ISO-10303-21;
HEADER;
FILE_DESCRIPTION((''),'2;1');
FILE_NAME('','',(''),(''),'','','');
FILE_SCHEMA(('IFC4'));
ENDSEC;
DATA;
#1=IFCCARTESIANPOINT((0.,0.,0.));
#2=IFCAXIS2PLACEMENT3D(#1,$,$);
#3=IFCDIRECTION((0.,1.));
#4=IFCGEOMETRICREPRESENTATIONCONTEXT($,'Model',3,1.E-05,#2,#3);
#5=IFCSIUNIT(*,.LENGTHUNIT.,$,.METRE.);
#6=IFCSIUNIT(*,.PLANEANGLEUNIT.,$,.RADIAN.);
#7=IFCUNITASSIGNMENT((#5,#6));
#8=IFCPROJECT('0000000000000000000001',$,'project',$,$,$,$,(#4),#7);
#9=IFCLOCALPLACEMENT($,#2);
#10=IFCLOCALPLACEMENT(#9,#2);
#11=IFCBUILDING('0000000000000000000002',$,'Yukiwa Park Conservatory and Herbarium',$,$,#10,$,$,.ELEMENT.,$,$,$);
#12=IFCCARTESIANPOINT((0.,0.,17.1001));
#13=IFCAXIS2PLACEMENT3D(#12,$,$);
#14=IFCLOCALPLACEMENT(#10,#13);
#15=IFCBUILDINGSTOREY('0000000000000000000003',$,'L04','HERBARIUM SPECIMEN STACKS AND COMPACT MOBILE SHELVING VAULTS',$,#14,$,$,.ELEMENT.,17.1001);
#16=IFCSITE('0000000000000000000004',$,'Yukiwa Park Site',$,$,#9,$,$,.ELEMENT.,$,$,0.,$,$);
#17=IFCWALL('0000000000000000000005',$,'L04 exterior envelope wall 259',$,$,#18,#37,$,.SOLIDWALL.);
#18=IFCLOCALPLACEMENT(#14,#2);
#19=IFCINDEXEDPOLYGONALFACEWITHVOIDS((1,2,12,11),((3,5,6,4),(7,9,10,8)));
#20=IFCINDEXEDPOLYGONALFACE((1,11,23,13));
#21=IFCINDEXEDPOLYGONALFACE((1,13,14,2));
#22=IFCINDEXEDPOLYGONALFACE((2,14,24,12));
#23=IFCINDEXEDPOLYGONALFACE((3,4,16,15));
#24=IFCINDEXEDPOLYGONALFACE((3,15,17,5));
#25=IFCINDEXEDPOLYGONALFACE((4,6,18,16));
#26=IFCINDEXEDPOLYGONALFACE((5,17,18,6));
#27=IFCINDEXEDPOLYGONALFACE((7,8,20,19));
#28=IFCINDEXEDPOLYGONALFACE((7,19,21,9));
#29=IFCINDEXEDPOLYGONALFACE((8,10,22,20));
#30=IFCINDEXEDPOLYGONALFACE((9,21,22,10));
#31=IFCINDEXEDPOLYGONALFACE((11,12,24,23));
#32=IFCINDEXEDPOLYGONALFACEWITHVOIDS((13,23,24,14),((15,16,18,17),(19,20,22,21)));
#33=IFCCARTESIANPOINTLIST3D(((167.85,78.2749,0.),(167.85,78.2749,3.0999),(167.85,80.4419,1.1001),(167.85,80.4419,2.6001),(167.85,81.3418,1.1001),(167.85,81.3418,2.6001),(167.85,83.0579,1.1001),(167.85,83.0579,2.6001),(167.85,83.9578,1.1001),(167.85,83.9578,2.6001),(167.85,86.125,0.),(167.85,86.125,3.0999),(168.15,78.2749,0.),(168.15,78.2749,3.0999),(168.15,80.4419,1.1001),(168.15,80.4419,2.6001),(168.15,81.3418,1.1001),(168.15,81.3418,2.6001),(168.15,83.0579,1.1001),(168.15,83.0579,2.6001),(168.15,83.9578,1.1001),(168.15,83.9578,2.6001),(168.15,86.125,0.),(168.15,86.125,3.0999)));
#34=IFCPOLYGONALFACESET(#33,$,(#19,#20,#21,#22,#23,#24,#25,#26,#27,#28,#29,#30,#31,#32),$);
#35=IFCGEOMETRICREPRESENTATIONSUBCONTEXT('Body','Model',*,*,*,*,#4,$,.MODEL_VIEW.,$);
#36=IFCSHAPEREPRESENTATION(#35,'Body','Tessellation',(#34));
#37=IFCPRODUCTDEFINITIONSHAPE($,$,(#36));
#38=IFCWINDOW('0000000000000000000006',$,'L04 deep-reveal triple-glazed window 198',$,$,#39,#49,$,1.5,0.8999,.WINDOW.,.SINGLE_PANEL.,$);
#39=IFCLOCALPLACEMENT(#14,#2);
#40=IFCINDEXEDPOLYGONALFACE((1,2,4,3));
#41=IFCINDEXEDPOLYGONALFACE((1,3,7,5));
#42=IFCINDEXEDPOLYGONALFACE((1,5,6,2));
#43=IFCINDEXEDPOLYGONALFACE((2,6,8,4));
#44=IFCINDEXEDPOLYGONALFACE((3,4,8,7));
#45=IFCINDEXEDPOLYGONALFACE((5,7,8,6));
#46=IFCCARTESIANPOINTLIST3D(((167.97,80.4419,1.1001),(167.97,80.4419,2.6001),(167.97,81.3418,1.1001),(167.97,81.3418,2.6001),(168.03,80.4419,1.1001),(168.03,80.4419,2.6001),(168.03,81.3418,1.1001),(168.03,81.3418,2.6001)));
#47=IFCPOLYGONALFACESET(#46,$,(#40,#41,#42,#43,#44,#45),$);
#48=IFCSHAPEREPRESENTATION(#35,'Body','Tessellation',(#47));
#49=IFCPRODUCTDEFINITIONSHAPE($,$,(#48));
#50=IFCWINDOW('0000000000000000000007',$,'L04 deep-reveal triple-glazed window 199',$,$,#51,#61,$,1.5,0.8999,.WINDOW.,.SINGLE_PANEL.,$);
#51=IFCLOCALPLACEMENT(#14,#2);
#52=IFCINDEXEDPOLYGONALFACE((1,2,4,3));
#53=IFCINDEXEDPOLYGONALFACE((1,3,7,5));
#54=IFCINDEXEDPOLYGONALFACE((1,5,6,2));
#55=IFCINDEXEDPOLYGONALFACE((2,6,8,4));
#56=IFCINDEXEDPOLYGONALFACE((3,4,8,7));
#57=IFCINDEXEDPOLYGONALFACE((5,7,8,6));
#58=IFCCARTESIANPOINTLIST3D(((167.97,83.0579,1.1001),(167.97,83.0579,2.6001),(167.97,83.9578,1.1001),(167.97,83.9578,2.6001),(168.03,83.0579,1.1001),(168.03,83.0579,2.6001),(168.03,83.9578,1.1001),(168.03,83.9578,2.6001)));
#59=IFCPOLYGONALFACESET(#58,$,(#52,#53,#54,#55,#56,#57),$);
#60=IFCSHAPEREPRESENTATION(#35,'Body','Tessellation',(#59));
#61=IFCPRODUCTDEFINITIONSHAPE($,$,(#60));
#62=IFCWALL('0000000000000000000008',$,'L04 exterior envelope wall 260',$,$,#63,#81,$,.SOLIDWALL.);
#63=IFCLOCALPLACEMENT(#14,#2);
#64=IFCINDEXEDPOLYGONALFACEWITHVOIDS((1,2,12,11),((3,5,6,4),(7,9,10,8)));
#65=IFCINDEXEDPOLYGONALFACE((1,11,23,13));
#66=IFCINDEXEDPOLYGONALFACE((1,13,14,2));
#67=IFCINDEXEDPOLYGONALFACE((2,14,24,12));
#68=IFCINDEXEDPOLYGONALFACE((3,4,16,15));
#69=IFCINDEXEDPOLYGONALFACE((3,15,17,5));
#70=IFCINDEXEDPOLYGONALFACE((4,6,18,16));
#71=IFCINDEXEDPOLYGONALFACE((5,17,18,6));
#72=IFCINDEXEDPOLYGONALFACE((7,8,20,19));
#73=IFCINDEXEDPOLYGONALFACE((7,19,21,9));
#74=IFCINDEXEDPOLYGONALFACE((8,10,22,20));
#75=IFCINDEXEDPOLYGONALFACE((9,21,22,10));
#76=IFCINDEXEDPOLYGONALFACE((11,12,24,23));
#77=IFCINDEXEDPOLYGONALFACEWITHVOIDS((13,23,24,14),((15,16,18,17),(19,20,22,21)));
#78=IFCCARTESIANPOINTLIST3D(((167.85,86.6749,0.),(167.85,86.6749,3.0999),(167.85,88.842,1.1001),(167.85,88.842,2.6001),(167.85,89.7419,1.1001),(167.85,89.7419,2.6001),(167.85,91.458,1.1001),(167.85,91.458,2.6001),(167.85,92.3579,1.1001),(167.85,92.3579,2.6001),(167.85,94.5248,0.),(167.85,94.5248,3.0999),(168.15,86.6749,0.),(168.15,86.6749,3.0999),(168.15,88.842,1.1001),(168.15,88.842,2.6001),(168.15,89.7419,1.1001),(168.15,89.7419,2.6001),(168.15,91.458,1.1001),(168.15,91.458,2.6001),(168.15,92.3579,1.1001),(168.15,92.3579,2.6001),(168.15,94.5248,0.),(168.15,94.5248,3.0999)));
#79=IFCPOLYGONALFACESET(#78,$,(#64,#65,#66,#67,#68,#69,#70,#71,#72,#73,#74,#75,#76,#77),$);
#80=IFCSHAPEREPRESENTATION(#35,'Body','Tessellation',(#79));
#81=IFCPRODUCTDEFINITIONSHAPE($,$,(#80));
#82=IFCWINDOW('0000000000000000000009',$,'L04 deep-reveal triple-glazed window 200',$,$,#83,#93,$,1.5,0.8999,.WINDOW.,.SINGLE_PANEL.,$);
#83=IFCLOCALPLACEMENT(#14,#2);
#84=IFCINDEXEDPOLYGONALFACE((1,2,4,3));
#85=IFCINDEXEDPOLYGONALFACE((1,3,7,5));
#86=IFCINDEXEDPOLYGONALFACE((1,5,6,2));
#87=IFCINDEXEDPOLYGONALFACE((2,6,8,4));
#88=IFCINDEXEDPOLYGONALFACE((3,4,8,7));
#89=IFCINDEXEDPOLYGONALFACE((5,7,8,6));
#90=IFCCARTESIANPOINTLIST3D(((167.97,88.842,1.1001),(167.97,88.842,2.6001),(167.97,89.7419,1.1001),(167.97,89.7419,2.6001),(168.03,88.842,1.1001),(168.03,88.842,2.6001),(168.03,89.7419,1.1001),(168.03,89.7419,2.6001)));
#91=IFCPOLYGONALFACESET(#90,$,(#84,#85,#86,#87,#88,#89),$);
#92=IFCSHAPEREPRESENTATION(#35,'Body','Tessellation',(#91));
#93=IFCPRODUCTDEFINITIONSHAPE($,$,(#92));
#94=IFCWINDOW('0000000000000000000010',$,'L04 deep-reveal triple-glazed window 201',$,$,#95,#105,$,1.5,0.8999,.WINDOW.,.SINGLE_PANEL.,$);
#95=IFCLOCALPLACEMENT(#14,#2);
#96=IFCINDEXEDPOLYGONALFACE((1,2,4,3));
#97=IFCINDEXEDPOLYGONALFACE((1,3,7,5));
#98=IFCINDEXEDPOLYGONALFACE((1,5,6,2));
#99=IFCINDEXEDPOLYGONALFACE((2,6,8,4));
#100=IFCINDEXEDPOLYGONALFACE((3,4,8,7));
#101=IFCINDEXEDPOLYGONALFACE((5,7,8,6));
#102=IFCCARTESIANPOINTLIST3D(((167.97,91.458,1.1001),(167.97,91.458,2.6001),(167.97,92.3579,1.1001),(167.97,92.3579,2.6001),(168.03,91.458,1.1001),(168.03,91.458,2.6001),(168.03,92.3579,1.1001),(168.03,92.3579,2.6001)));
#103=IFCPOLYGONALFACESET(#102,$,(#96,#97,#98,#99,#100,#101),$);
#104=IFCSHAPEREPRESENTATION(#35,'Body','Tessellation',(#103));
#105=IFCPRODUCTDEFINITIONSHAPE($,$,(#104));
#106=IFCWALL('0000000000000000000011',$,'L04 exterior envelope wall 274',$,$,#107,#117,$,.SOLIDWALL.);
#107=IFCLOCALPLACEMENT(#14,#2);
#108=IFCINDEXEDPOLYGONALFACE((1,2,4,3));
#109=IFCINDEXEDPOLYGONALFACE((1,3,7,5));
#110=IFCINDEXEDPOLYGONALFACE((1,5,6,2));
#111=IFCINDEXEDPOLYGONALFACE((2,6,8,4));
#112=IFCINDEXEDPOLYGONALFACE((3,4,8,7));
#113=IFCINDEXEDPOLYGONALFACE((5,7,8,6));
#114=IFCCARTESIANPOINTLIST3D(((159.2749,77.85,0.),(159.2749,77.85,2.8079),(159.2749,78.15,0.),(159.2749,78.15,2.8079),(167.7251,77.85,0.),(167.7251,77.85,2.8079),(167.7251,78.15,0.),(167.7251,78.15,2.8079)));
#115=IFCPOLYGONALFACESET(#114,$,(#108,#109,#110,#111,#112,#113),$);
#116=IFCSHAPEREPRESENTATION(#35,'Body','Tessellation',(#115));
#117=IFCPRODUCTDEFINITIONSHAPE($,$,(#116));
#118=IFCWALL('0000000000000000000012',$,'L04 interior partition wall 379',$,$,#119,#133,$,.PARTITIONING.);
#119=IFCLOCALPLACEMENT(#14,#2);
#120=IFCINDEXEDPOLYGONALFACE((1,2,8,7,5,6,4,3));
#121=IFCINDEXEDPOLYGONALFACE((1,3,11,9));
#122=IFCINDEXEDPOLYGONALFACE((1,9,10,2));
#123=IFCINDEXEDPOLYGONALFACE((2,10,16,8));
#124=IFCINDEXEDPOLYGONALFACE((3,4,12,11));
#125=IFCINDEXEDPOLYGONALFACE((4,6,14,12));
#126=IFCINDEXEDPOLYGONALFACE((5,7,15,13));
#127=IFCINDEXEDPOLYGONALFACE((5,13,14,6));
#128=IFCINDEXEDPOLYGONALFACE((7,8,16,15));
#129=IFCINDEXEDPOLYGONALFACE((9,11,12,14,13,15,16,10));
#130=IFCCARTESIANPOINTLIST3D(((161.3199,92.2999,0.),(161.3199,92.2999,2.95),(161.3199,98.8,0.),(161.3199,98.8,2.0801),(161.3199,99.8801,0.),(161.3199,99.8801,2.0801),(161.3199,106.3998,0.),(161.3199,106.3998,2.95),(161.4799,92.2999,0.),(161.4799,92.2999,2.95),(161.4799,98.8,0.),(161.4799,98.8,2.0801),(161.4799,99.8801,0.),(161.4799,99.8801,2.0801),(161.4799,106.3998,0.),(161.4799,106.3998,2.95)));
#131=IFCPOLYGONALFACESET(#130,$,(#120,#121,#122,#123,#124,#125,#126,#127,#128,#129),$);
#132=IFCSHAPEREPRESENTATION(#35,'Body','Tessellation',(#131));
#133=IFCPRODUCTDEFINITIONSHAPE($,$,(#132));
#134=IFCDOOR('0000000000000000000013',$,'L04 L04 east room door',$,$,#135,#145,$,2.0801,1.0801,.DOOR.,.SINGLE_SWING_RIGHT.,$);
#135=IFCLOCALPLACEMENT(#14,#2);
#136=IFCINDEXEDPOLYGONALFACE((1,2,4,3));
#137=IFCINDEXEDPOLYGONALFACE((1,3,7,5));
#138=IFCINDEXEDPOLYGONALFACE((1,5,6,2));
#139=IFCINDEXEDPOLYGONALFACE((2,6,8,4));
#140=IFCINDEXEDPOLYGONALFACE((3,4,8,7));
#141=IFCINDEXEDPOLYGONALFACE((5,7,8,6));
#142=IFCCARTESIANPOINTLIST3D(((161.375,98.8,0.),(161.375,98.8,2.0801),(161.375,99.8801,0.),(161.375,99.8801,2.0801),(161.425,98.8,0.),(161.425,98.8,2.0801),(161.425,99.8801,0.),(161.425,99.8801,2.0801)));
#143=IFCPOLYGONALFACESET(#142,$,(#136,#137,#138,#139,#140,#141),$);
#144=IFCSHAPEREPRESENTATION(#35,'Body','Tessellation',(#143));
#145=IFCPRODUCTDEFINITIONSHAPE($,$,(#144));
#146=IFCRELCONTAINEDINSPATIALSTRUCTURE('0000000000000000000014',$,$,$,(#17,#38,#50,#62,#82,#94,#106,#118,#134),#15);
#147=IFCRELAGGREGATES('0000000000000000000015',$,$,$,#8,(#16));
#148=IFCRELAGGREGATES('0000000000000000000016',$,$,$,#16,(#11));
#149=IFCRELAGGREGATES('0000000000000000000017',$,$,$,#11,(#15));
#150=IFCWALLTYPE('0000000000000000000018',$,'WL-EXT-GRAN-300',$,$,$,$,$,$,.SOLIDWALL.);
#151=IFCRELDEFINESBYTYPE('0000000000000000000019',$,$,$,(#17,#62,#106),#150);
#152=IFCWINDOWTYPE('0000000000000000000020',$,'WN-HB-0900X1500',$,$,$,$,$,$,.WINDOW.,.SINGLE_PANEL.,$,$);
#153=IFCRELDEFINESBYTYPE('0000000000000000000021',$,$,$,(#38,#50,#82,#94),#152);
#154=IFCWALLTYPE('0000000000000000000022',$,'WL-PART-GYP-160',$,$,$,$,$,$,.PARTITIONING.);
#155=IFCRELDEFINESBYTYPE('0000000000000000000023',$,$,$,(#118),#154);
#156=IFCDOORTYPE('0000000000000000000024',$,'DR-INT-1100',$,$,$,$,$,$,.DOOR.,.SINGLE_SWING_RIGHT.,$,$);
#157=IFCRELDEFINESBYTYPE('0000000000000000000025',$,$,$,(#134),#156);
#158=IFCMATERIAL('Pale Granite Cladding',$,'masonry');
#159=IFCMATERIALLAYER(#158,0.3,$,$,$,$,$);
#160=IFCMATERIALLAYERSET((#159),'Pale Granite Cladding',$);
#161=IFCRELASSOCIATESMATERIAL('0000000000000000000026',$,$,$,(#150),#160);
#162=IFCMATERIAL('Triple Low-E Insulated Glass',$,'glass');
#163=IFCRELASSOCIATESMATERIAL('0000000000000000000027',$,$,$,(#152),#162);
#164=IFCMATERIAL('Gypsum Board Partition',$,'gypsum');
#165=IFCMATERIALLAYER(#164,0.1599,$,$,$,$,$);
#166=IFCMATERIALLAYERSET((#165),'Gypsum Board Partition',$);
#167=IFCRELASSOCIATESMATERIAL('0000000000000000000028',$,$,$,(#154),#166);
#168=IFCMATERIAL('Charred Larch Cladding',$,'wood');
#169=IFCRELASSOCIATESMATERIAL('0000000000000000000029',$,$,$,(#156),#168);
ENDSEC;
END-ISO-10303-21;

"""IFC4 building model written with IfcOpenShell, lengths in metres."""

from ifc_helpers import new_model, si_unit, direction, frame, frame_2d, origin, place, context, subcontext, project, spatial, rectangle, extrude, material, layer, layer_set, type_object, element, fill, save


model = new_model("IFC4")

# Units and contexts
model_context = context("Model", 3, precision=1e-05, world=origin(), true_north=direction((0.0, 1.0)))
body_context = subcontext(model_context, "Body", "Model", "MODEL_VIEW")
ifc_project = project(units=[si_unit("LENGTHUNIT", "METRE"), si_unit("PLANEANGLEUNIT", "RADIAN")], contexts=[model_context])

# Site, building, storey
site_placement = place(None, origin())
site = spatial("IfcSite", under=ifc_project, at=site_placement, Name="Yukiwa Park Site", CompositionType="ELEMENT", RefElevation=0.0)
building_placement = place(site_placement, origin())
building = spatial("IfcBuilding", under=site, at=building_placement, Name="Yukiwa Park Conservatory and Herbarium", CompositionType="ELEMENT")
storey_placement = place(building_placement, frame((0.0, 0.0, 17.1001)))
storey = spatial("IfcBuildingStorey", under=building, at=storey_placement, Name="L04", Description="HERBARIUM SPECIMEN STACKS AND COMPACT MOBILE SHELVING VAULTS", CompositionType="ELEMENT", Elevation=17.1001)

# Walls, openings, windows
ifc_material_1 = material(Name="Pale Granite Cladding", Category="masonry")
ifc_layer_1 = layer(ifc_material_1, 0.3)
ifc_layer_set_1 = layer_set([ifc_layer_1], Name="Pale Granite Cladding")
wall_type_1 = type_object("IfcWallType", Name="WL-EXT-GRAN-300", PredefinedType="SOLIDWALL", material=ifc_layer_set_1)
wall_1_placement = place(storey_placement, frame((168.0, 78.2749, 0.0), z_axis=(0.0, 0.0, 1.0), x_axis=(0.0, 1.0, 0.0)))
wall_1 = element("IfcWall", 1, at=wall_1_placement, inside=storey, type_object=wall_type_1, Name="L04 exterior envelope wall 259", PredefinedType="SOLIDWALL", context=body_context, shape_type="SweptSolid", body=[
    extrude(rectangle(XDim=7.8501, YDim=0.3, at=frame_2d((3.925, 0.0))), origin(), (0.0, 0.0, 1.0), 3.0999),
])
opening_1_placement = place(wall_1_placement, frame((2.167, 0.0, 1.1001)))
opening_1 = element("IfcOpeningElement", 2, at=opening_1_placement, cuts=wall_1, PredefinedType="OPENING", context=body_context, shape_type="SweptSolid", body=[
    extrude(rectangle(XDim=0.8999, YDim=1.5, at=frame_2d((0.45, 0.75))), frame((0.0, 0.1602, 0.0), z_axis=(0.0, -1.0, 0.0), x_axis=(1.0, 0.0, 0.0)), (0.0, 0.0, 1.0), 0.3201),
])
opening_2_placement = place(wall_1_placement, frame((4.783, 0.0, 1.1001)))
opening_2 = element("IfcOpeningElement", 3, at=opening_2_placement, cuts=wall_1, PredefinedType="OPENING", context=body_context, shape_type="SweptSolid", body=[
    extrude(rectangle(XDim=0.8999, YDim=1.5, at=frame_2d((0.45, 0.75))), frame((0.0, 0.1602, 0.0), z_axis=(0.0, -1.0, 0.0), x_axis=(1.0, 0.0, 0.0)), (0.0, 0.0, 1.0), 0.3201),
])
ifc_material_2 = material(Name="Triple Low-E Insulated Glass", Category="glass")
window_type = type_object("IfcWindowType", Name="WN-HB-0900X1500", PartitioningType="SINGLE_PANEL", PredefinedType="WINDOW", material=ifc_material_2)
window_1_placement = place(opening_1_placement, origin())
window_1 = element("IfcWindow", 4, at=window_1_placement, inside=storey, type_object=window_type, Name="L04 deep-reveal triple-glazed window 198", OverallHeight=1.5, OverallWidth=0.8999, PartitioningType="SINGLE_PANEL", PredefinedType="WINDOW", context=body_context, shape_type="SweptSolid", body=[
    extrude(rectangle(XDim=0.8999, YDim=1.5, at=frame_2d((0.45, 0.75))), frame((0.0, 0.03, 0.0), z_axis=(0.0, -1.0, 0.0), x_axis=(1.0, 0.0, 0.0)), (0.0, 0.0, 1.0), 0.0601),
])
fill(opening_1, window_1)
window_2_placement = place(opening_2_placement, origin())
window_2 = element("IfcWindow", 5, at=window_2_placement, inside=storey, type_object=window_type, Name="L04 deep-reveal triple-glazed window 199", OverallHeight=1.5, OverallWidth=0.8999, PartitioningType="SINGLE_PANEL", PredefinedType="WINDOW", context=body_context, shape_type="SweptSolid", body=[
    extrude(rectangle(XDim=0.8999, YDim=1.5, at=frame_2d((0.45, 0.75))), frame((0.0, 0.03, 0.0), z_axis=(0.0, -1.0, 0.0), x_axis=(1.0, 0.0, 0.0)), (0.0, 0.0, 1.0), 0.0601),
])
fill(opening_2, window_2)
wall_2_placement = place(storey_placement, frame((168.0, 86.675, 0.0), z_axis=(0.0, 0.0, 1.0), x_axis=(0.0, 1.0, 0.0)))
wall_2 = element("IfcWall", 6, at=wall_2_placement, inside=storey, type_object=wall_type_1, Name="L04 exterior envelope wall 260", PredefinedType="SOLIDWALL", context=body_context, shape_type="SweptSolid", body=[
    extrude(rectangle(XDim=7.8499, YDim=0.3, at=frame_2d((3.9248, 0.0))), origin(), (0.0, 0.0, 1.0), 3.0999),
])
opening_3_placement = place(wall_2_placement, frame((2.167, 0.0, 1.1001)))
opening_3 = element("IfcOpeningElement", 7, at=opening_3_placement, cuts=wall_2, PredefinedType="OPENING", context=body_context, shape_type="SweptSolid", body=[
    extrude(rectangle(XDim=0.8999, YDim=1.5, at=frame_2d((0.45, 0.75))), frame((0.0, 0.1602, 0.0), z_axis=(0.0, -1.0, 0.0), x_axis=(1.0, 0.0, 0.0)), (0.0, 0.0, 1.0), 0.3201),
])
opening_4_placement = place(wall_2_placement, frame((4.783, 0.0, 1.1001)))
opening_4 = element("IfcOpeningElement", 8, at=opening_4_placement, cuts=wall_2, PredefinedType="OPENING", context=body_context, shape_type="SweptSolid", body=[
    extrude(rectangle(XDim=0.8999, YDim=1.5, at=frame_2d((0.45, 0.75))), frame((0.0, 0.1602, 0.0), z_axis=(0.0, -1.0, 0.0), x_axis=(1.0, 0.0, 0.0)), (0.0, 0.0, 1.0), 0.3201),
])
window_3_placement = place(opening_3_placement, origin())
window_3 = element("IfcWindow", 9, at=window_3_placement, inside=storey, type_object=window_type, Name="L04 deep-reveal triple-glazed window 200", OverallHeight=1.5, OverallWidth=0.8999, PartitioningType="SINGLE_PANEL", PredefinedType="WINDOW", context=body_context, shape_type="SweptSolid", body=[
    extrude(rectangle(XDim=0.8999, YDim=1.5, at=frame_2d((0.45, 0.75))), frame((0.0, 0.03, 0.0), z_axis=(0.0, -1.0, 0.0), x_axis=(1.0, 0.0, 0.0)), (0.0, 0.0, 1.0), 0.0601),
])
fill(opening_3, window_3)
window_4_placement = place(opening_4_placement, origin())
window_4 = element("IfcWindow", 10, at=window_4_placement, inside=storey, type_object=window_type, Name="L04 deep-reveal triple-glazed window 201", OverallHeight=1.5, OverallWidth=0.8999, PartitioningType="SINGLE_PANEL", PredefinedType="WINDOW", context=body_context, shape_type="SweptSolid", body=[
    extrude(rectangle(XDim=0.8999, YDim=1.5, at=frame_2d((0.45, 0.75))), frame((0.0, 0.03, 0.0), z_axis=(0.0, -1.0, 0.0), x_axis=(1.0, 0.0, 0.0)), (0.0, 0.0, 1.0), 0.0601),
])
fill(opening_4, window_4)

# Wall
wall_3_placement = place(storey_placement, frame((159.2749, 78.0, 0.0), z_axis=(0.0, 0.0, 1.0), x_axis=(1.0, 0.0, 0.0)))
element("IfcWall", 11, at=wall_3_placement, inside=storey, type_object=wall_type_1, Name="L04 exterior envelope wall 274", PredefinedType="SOLIDWALL", context=body_context, shape_type="SweptSolid", body=[
    extrude(rectangle(XDim=8.4502, YDim=0.3, at=frame_2d((4.2251, 0.0))), origin(), (0.0, 0.0, 1.0), 2.8079),
])

# Wall, opening, door
ifc_material_3 = material(Name="Gypsum Board Partition", Category="gypsum")
ifc_layer_2 = layer(ifc_material_3, 0.1599)
ifc_layer_set_2 = layer_set([ifc_layer_2], Name="Gypsum Board Partition")
wall_type_2 = type_object("IfcWallType", Name="WL-PART-GYP-160", PredefinedType="PARTITIONING", material=ifc_layer_set_2)
wall_4_placement = place(storey_placement, frame((161.3999, 92.3, 0.0), z_axis=(0.0, 0.0, 1.0), x_axis=(0.0, 1.0, 0.0)))
wall_4 = element("IfcWall", 12, at=wall_4_placement, inside=storey, type_object=wall_type_2, Name="L04 interior partition wall 379", PredefinedType="PARTITIONING", context=body_context, shape_type="SweptSolid", body=[
    extrude(rectangle(XDim=14.0999, YDim=0.1599, at=frame_2d((7.0498, 0.0))), origin(), (0.0, 0.0, 1.0), 2.95),
])
opening_5_placement = place(wall_4_placement, frame((6.5, 0.0, 0.0)))
opening_5 = element("IfcOpeningElement", 13, at=opening_5_placement, cuts=wall_4, PredefinedType="OPENING", context=body_context, shape_type="SweptSolid", body=[
    extrude(rectangle(XDim=1.0801, YDim=2.0801, at=frame_2d((0.54, 1.04))), frame((0.0, 0.0898, 0.0), z_axis=(0.0, -1.0, 0.0), x_axis=(1.0, 0.0, 0.0)), (0.0, 0.0, 1.0), 0.1799),
])
ifc_material_4 = material(Name="Charred Larch Cladding", Category="wood")
door_type = type_object("IfcDoorType", Name="DR-INT-1100", OperationType="SINGLE_SWING_RIGHT", PredefinedType="DOOR", material=ifc_material_4)
door_placement = place(opening_5_placement, origin())
door = element("IfcDoor", 14, at=door_placement, inside=storey, type_object=door_type, Name="L04 L04 east room door", OperationType="SINGLE_SWING_RIGHT", OverallHeight=2.0801, OverallWidth=1.0801, PredefinedType="DOOR", context=body_context, shape_type="SweptSolid", body=[
    extrude(rectangle(XDim=1.0801, YDim=2.0801, at=frame_2d((0.54, 1.04))), frame((0.0, 0.0249, 0.0), z_axis=(0.0, -1.0, 0.0), x_axis=(1.0, 0.0, 0.0)), (0.0, 0.0, 1.0), 0.05),
])
fill(opening_5, door)

save(model, "model.ifc")
